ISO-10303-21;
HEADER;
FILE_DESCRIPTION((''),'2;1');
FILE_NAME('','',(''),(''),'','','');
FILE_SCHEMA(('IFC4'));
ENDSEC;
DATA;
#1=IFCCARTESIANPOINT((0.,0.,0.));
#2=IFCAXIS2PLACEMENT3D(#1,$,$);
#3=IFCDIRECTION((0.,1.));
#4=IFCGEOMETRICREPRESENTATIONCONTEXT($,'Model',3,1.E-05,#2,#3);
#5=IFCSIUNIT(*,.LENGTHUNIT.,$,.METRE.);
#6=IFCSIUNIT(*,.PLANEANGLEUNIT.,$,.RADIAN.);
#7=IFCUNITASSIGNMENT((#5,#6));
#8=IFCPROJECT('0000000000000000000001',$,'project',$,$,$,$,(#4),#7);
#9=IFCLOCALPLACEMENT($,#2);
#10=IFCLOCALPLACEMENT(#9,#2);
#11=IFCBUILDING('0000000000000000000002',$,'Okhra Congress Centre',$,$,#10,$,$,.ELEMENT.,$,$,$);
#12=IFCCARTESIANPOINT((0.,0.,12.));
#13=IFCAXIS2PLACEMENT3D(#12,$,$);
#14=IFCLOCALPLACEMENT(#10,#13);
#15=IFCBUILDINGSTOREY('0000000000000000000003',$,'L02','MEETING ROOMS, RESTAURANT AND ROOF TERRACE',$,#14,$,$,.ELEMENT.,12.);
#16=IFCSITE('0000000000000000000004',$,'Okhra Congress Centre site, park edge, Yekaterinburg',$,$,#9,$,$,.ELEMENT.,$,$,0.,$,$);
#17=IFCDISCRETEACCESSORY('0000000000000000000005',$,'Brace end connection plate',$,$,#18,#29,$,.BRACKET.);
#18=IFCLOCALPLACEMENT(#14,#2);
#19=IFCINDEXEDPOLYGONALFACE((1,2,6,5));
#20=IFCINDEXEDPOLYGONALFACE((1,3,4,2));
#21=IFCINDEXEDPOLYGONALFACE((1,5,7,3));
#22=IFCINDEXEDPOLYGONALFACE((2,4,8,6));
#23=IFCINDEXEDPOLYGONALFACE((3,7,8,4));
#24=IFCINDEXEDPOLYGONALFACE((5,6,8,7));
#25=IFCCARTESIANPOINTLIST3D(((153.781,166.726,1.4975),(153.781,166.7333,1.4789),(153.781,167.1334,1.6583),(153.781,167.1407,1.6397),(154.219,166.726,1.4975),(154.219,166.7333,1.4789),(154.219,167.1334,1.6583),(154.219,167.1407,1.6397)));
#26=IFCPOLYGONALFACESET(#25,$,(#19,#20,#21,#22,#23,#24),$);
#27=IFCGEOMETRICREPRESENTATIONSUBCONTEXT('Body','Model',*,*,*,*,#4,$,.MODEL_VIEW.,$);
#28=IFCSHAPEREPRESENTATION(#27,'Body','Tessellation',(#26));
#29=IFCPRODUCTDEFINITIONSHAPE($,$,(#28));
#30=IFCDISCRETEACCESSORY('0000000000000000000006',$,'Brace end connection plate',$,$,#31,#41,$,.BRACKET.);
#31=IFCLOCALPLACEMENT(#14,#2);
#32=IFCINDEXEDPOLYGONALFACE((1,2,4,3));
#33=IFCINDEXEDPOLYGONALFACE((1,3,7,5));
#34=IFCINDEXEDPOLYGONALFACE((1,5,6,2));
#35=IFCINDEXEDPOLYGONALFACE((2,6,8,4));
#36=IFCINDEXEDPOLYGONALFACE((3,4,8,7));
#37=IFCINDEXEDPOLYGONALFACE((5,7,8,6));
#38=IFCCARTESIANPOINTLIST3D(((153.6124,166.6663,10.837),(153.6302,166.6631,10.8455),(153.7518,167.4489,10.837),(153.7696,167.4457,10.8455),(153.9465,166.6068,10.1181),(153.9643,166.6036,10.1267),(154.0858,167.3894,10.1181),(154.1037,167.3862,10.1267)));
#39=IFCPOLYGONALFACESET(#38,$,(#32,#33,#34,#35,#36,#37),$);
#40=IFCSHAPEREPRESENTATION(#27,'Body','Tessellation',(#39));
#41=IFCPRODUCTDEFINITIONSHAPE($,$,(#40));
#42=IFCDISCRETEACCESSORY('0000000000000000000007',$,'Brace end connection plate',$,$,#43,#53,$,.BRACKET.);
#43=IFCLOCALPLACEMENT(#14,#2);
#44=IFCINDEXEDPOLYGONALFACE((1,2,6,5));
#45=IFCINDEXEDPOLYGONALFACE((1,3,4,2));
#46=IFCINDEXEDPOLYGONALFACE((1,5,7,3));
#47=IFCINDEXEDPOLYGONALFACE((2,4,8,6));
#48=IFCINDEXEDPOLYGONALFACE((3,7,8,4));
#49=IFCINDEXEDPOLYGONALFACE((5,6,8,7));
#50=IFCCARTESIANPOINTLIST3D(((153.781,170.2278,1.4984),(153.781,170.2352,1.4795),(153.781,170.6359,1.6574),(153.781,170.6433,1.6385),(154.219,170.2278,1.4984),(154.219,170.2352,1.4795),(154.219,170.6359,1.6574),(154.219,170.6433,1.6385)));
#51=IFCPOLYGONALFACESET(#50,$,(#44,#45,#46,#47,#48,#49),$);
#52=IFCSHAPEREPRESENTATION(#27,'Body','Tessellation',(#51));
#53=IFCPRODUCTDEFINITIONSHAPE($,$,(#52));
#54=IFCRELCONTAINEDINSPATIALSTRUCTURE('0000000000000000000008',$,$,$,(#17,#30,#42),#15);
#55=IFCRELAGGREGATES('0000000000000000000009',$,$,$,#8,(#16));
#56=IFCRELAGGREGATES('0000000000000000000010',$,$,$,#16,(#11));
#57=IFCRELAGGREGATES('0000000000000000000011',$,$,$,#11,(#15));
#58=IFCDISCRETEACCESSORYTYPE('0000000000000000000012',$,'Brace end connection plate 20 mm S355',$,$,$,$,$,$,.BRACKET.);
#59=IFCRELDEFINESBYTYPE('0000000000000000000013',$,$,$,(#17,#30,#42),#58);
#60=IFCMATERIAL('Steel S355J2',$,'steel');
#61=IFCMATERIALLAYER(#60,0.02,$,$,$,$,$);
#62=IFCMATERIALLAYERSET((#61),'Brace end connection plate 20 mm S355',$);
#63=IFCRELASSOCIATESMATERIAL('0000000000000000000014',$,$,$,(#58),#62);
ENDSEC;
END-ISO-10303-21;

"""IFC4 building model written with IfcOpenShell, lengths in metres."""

from ifc_helpers import new_model, si_unit, direction, frame, origin, origin_2d, place, context, subcontext, project, spatial, rectangle, extrude, material, layer, layer_set, type_object, element, save


model = new_model("IFC4")

# Units and contexts
model_context = context("Model", 3, precision=1e-05, world=origin(), true_north=direction((0.0, 1.0)))
body_context = subcontext(model_context, "Body", "Model", "MODEL_VIEW")
ifc_project = project(units=[si_unit("LENGTHUNIT", "METRE"), si_unit("PLANEANGLEUNIT", "RADIAN")], contexts=[model_context])

# Site, building, storey
site_placement = place(None, origin())
site = spatial("IfcSite", under=ifc_project, at=site_placement, Name="Okhra Congress Centre site, park edge, Yekaterinburg", CompositionType="ELEMENT", RefElevation=0.0)
building_placement = place(site_placement, origin())
building = spatial("IfcBuilding", under=site, at=building_placement, Name="Okhra Congress Centre", CompositionType="ELEMENT")
storey_placement = place(building_placement, frame((0.0, 0.0, 12.0)))
storey = spatial("IfcBuildingStorey", under=building, at=storey_placement, Name="L02", Description="MEETING ROOMS, RESTAURANT AND ROOF TERRACE", CompositionType="ELEMENT", Elevation=12.0)

# Shared definitions
ifc_material_1 = material(Name="Steel S355J2", Category="steel")

# Discrete accessories
ifc_layer_1 = layer(ifc_material_1, 0.02)
ifc_layer_set_1 = layer_set([ifc_layer_1], Name="Brace end connection plate 20 mm S355")
discrete_accessory_type = type_object("IfcDiscreteAccessoryType", Name="Brace end connection plate 20 mm S355", PredefinedType="BRACKET", material=ifc_layer_set_1)
discrete_accessory_1_placement = place(storey_placement, frame((154.0, 166.9297, 1.5779), z_axis=(0.0, 0.367167, -0.930155), x_axis=(-1.0, 0.0, 0.0)))
element("IfcDiscreteAccessory", 1, at=discrete_accessory_1_placement, inside=storey, type_object=discrete_accessory_type, Name="Brace end connection plate", PredefinedType="BRACKET", context=body_context, shape_type="SweptSolid", body=[
    extrude(rectangle(XDim=0.438, YDim=0.438, at=origin_2d()), origin(), (0.0, 0.0, 1.0), 0.02),
])
discrete_accessory_2_placement = place(storey_placement, frame((153.8491, 167.0278, 10.4775), z_axis=(0.89031, -0.158548, 0.426861), x_axis=(0.175324, 0.984511, 0.0)))
element("IfcDiscreteAccessory", 2, at=discrete_accessory_2_placement, inside=storey, type_object=discrete_accessory_type, Name="Brace end connection plate", PredefinedType="BRACKET", context=body_context, shape_type="SweptSolid", body=[
    extrude(rectangle(XDim=0.7949, YDim=0.7949, at=origin_2d()), origin(), (0.0, 0.0, 1.0), 0.02),
])
discrete_accessory_3_placement = place(storey_placement, frame((154.0, 170.4319, 1.5779), z_axis=(0.0, 0.36303, -0.931777), x_axis=(-1.0, 0.0, 0.0)))
element("IfcDiscreteAccessory", 3, at=discrete_accessory_3_placement, inside=storey, type_object=discrete_accessory_type, Name="Brace end connection plate", PredefinedType="BRACKET", context=body_context, shape_type="SweptSolid", body=[
    extrude(rectangle(XDim=0.438, YDim=0.438, at=origin_2d()), origin(), (0.0, 0.0, 1.0), 0.0203),
])

save(model, "model.ifc")
